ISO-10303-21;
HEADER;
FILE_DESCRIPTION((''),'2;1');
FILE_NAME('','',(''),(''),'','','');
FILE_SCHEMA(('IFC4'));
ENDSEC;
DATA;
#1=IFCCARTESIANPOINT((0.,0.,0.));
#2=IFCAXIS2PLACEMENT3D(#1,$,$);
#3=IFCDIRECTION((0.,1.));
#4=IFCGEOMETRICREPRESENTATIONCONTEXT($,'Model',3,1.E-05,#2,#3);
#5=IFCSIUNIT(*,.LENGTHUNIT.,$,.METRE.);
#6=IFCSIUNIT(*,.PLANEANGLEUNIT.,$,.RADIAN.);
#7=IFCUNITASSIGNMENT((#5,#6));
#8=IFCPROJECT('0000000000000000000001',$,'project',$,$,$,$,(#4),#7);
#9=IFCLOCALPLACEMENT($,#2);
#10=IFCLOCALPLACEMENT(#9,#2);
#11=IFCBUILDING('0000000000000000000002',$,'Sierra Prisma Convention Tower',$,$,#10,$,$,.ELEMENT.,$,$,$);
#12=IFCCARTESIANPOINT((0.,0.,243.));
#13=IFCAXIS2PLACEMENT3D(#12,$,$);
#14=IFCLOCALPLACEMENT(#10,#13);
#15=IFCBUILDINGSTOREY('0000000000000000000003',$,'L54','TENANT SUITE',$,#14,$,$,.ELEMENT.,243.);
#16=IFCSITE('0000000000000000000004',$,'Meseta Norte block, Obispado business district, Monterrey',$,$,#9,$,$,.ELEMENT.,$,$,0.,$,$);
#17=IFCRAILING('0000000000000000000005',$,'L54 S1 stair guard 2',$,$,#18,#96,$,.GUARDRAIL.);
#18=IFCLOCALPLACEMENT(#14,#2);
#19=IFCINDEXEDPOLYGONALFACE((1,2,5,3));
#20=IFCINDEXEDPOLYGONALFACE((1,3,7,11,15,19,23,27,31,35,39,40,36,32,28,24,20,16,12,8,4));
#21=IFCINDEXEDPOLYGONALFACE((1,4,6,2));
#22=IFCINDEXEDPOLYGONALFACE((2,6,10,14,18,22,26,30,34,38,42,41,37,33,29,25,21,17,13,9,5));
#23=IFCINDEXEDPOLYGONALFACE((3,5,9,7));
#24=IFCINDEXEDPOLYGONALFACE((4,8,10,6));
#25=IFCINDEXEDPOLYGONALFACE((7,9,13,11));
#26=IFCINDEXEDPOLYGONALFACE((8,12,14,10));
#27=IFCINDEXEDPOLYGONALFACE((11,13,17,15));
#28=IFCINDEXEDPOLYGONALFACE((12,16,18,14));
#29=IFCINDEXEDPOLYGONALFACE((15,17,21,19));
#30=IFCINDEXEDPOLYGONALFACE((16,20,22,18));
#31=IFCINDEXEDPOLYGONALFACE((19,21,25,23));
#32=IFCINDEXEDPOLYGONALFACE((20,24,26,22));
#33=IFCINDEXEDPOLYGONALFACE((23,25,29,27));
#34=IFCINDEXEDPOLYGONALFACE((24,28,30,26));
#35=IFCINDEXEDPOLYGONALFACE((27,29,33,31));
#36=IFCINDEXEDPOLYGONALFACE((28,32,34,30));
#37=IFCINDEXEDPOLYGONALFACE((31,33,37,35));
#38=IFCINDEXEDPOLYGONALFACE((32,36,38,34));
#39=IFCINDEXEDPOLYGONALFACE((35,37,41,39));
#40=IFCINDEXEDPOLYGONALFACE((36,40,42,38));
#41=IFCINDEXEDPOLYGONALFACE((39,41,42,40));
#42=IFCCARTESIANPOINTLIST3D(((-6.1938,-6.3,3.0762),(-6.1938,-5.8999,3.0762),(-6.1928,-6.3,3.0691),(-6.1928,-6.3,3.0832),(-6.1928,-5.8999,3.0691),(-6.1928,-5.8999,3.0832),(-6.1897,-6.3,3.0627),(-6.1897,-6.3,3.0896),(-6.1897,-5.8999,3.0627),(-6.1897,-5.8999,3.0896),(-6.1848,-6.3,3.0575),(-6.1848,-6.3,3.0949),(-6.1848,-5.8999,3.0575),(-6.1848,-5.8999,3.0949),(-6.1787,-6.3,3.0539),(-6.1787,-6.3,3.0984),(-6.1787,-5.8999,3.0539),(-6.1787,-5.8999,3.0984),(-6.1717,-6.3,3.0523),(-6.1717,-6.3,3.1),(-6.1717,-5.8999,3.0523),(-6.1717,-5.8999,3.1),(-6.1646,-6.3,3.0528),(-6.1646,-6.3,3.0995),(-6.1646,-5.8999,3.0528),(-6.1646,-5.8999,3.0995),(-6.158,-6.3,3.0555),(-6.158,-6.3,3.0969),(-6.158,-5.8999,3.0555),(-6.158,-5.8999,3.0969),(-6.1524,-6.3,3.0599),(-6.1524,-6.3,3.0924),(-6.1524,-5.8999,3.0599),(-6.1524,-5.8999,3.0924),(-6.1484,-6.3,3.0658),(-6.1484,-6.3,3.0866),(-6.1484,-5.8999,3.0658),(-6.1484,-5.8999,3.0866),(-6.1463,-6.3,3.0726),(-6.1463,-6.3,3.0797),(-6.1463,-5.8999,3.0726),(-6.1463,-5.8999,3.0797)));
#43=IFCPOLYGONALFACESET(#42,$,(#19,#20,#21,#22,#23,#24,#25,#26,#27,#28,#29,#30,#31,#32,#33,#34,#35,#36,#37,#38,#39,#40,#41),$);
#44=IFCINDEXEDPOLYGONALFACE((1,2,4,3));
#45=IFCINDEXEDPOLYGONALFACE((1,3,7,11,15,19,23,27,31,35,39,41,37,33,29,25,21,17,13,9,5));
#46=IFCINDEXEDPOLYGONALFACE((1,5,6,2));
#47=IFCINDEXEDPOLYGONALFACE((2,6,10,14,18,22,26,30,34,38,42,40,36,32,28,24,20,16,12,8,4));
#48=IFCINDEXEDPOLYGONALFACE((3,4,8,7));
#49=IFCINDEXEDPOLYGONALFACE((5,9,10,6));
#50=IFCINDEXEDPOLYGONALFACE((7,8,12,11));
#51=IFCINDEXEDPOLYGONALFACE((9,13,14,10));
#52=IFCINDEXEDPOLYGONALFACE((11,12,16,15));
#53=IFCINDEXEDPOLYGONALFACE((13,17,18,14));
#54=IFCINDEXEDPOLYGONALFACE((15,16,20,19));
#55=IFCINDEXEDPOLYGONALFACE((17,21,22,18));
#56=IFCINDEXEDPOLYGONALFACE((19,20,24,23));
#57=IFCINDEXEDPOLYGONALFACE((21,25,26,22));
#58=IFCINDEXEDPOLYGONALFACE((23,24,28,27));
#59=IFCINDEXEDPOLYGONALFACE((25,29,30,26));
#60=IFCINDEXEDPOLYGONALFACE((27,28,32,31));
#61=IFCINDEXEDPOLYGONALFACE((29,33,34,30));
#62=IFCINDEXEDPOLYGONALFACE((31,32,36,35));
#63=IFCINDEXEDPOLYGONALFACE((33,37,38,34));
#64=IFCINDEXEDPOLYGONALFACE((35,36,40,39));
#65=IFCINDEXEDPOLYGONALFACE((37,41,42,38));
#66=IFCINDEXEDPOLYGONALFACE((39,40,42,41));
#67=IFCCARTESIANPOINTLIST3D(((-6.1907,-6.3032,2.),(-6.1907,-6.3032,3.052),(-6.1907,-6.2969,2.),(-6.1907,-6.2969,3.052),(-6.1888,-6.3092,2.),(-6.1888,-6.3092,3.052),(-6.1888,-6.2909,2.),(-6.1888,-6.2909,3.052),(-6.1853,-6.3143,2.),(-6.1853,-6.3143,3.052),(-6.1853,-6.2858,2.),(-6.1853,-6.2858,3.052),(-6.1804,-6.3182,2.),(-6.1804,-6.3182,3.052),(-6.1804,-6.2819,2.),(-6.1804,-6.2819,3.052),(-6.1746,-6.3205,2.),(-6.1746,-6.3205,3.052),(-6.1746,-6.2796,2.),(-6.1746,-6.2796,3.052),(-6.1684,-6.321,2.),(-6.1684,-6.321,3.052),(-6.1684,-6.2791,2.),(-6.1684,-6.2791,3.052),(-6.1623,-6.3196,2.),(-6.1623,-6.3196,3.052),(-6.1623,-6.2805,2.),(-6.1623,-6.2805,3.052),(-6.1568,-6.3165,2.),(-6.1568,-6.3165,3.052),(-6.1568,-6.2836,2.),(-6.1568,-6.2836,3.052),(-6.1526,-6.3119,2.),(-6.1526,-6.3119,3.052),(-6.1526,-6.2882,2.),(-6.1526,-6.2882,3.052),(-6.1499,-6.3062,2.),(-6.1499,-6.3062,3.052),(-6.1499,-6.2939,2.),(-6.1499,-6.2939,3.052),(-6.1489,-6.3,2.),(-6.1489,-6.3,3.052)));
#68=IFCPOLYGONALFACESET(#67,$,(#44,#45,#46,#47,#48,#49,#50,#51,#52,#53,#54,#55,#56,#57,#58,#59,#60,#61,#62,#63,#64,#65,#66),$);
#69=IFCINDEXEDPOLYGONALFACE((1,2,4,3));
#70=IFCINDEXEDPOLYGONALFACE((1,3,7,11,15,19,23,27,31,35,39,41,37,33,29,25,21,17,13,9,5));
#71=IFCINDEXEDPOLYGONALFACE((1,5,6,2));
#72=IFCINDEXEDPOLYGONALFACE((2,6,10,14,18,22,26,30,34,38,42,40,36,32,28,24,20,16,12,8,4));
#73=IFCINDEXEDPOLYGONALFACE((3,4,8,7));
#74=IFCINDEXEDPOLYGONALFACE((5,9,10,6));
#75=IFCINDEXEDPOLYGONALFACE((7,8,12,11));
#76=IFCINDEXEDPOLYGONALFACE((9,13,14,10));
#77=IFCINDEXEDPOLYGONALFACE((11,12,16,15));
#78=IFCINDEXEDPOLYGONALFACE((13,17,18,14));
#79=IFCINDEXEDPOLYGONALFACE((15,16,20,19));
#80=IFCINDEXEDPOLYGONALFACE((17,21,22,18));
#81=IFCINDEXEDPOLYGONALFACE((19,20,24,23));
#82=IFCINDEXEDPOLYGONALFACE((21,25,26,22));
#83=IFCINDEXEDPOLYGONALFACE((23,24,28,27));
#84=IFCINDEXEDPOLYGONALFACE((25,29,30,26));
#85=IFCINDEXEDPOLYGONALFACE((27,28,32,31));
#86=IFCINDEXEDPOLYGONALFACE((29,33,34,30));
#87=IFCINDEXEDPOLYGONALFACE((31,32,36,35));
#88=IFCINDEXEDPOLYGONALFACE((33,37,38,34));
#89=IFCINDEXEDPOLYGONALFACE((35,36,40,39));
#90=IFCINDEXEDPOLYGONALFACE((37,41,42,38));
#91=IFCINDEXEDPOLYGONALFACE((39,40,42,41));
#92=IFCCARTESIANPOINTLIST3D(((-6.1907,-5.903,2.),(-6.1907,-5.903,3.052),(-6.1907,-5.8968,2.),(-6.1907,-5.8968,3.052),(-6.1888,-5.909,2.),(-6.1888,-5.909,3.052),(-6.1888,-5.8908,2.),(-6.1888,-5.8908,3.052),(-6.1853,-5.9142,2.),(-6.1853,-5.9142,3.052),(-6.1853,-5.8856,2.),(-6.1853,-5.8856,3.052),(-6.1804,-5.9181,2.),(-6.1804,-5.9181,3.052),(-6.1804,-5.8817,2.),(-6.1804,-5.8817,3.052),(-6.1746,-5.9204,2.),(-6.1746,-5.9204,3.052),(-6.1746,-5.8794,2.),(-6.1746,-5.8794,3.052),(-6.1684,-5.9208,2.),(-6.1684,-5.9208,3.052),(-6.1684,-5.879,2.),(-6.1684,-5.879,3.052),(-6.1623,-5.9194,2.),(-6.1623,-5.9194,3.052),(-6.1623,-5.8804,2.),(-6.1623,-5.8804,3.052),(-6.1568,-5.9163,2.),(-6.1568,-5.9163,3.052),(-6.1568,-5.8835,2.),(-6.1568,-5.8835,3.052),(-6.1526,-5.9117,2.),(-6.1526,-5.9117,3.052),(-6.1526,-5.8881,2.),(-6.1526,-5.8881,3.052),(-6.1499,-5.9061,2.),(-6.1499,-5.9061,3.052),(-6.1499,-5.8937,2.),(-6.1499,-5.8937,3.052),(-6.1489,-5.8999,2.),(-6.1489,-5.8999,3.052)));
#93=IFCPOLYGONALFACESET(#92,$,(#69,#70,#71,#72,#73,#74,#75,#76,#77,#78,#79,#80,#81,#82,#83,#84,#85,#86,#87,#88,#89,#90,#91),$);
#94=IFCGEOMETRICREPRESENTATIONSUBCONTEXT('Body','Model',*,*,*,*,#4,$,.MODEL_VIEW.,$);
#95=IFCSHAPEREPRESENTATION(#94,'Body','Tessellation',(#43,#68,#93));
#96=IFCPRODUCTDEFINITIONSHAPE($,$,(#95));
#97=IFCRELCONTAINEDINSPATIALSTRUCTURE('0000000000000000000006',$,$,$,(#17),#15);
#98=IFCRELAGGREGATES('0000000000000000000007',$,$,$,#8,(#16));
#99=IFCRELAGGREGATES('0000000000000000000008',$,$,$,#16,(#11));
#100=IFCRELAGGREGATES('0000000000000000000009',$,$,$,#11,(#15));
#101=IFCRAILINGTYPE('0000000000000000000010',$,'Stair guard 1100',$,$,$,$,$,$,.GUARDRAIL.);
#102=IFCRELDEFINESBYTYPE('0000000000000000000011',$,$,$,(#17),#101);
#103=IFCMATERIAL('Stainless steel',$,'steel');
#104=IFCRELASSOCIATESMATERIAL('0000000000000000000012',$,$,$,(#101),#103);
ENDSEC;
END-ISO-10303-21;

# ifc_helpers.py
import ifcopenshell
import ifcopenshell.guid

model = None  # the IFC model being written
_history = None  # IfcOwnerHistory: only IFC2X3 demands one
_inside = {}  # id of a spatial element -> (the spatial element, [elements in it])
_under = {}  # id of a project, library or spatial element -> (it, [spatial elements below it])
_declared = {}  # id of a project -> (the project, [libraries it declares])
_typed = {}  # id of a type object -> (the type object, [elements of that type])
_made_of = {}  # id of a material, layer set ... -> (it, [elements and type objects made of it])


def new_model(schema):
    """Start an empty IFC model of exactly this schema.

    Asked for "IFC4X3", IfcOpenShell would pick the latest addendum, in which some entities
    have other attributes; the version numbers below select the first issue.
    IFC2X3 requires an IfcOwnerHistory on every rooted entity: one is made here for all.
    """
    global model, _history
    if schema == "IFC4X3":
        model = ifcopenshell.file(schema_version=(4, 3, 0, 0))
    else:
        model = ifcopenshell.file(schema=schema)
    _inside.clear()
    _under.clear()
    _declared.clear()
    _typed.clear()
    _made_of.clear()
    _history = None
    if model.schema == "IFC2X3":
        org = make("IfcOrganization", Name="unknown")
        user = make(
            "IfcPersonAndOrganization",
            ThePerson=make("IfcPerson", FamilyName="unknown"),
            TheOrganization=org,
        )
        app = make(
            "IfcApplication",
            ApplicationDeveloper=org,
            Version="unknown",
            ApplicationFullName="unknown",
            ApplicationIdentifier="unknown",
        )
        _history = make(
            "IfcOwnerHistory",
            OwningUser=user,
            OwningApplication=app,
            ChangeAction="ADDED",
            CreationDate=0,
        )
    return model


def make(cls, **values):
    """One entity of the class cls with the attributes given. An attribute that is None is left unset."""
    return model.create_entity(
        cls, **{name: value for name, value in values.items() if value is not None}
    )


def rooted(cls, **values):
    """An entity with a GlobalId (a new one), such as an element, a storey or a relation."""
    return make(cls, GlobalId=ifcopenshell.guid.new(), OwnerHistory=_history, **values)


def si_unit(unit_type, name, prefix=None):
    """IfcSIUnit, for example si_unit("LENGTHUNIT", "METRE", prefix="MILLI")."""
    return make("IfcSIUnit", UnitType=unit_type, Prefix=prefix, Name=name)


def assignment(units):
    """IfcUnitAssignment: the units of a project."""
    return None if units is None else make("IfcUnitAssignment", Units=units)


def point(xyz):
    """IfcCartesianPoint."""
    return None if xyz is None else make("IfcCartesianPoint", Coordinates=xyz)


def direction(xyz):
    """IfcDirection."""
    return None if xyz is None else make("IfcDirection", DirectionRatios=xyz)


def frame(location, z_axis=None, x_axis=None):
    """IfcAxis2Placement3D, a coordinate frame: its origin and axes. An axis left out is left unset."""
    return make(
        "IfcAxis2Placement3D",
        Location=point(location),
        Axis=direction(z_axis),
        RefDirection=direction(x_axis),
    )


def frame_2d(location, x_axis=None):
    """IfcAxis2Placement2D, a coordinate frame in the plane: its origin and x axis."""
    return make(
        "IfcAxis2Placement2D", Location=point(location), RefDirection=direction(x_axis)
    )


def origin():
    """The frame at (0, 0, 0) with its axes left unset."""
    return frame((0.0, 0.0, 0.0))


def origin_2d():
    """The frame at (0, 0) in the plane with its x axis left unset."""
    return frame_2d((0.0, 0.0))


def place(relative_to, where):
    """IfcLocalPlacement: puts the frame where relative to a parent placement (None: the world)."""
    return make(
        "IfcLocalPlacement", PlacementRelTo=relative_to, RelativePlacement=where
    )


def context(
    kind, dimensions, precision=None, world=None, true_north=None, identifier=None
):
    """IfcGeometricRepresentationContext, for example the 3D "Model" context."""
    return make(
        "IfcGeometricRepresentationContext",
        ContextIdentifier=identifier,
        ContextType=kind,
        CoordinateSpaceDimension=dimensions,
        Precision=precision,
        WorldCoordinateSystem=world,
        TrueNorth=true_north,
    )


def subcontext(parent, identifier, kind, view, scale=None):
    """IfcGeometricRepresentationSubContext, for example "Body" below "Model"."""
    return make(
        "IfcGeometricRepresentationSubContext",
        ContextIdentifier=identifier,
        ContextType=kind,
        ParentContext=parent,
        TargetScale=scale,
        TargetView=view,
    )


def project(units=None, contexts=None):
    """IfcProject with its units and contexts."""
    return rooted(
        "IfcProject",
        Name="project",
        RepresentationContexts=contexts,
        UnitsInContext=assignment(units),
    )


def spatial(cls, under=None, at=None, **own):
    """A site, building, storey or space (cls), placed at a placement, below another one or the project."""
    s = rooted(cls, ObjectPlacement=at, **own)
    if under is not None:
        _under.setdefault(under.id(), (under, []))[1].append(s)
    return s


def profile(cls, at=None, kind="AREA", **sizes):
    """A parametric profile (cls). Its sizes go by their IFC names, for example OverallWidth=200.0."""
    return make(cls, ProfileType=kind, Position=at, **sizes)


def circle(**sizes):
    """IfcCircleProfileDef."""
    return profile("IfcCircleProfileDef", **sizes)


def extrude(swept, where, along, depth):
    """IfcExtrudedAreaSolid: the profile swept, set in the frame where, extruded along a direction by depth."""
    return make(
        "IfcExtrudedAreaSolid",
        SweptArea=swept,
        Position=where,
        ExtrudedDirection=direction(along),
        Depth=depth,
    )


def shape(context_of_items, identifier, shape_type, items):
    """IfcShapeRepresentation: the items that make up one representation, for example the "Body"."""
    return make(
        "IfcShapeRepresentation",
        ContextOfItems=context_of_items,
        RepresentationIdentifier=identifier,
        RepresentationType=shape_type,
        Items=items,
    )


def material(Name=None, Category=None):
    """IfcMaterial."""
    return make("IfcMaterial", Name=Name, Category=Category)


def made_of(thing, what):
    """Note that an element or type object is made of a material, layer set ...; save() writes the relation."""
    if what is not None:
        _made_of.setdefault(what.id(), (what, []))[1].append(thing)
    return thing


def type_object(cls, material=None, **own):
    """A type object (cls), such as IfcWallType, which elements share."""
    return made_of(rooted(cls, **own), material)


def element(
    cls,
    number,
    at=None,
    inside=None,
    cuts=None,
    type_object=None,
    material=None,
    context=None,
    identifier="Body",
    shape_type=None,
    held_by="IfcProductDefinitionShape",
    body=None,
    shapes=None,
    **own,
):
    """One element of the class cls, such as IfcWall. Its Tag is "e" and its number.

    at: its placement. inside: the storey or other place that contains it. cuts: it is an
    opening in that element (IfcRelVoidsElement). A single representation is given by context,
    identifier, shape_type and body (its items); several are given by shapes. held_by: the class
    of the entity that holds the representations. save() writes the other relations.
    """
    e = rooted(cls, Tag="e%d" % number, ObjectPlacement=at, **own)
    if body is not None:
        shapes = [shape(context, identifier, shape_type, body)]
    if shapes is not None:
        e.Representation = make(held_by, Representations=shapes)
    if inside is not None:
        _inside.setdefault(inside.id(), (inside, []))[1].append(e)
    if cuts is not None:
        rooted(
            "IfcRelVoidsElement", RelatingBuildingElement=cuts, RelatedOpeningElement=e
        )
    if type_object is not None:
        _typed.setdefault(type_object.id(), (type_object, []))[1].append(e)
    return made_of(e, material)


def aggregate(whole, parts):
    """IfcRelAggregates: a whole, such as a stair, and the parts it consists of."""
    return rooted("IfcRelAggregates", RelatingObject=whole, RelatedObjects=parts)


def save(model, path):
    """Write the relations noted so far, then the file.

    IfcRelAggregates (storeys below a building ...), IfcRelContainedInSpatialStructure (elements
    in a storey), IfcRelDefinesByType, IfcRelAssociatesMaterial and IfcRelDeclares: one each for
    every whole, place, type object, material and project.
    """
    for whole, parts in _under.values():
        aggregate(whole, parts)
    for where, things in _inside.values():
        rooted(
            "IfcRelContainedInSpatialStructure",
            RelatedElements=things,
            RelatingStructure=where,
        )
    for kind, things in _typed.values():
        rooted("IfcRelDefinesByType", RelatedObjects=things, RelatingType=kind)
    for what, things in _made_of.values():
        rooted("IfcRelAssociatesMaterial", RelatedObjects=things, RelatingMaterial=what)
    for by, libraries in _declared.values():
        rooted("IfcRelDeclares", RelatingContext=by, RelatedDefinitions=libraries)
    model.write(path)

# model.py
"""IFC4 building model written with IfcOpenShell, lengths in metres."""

from ifc_helpers import new_model, si_unit, direction, frame, origin, origin_2d, place, context, subcontext, project, spatial, circle, extrude, material, type_object, element, save


model = new_model("IFC4")

# Units and contexts
model_context = context("Model", 3, precision=1e-05, world=origin(), true_north=direction((0.0, 1.0)))
body_context = subcontext(model_context, "Body", "Model", "MODEL_VIEW")
ifc_project = project(units=[si_unit("LENGTHUNIT", "METRE"), si_unit("PLANEANGLEUNIT", "RADIAN")], contexts=[model_context])

# Site, building, storey
site_placement = place(None, origin())
site = spatial("IfcSite", under=ifc_project, at=site_placement, Name="Meseta Norte block, Obispado business district, Monterrey", CompositionType="ELEMENT", RefElevation=0.0)
building_placement = place(site_placement, origin())
building = spatial("IfcBuilding", under=site, at=building_placement, Name="Sierra Prisma Convention Tower", CompositionType="ELEMENT")
storey_placement = place(building_placement, frame((0.0, 0.0, 243.0)))
storey = spatial("IfcBuildingStorey", under=building, at=storey_placement, Name="L54", Description="TENANT SUITE", CompositionType="ELEMENT", Elevation=243.0)

# Railing
ifc_material_1 = material(Name="Stainless steel", Category="steel")
railing_type_1 = type_object("IfcRailingType", Name="Stair guard 1100", PredefinedType="GUARDRAIL", material=ifc_material_1)
railing_1_placement = place(storey_placement, frame((-6.1699, -6.3, 2.0)))
element("IfcRailing", 1, at=railing_1_placement, inside=storey, type_object=railing_type_1, Name="L54 S1 stair guard 2", PredefinedType="GUARDRAIL", context=body_context, shape_type="SweptSolid", body=[
    extrude(circle(Radius=0.0239, at=origin_2d()), frame((0.0, 0.0, 1.0762), z_axis=(0.0, 1.0, 0.0), x_axis=(-1.0, 0.0, 0.0)), (0.0, 0.0, 1.0), 0.4001),
    extrude(circle(Radius=0.021, at=origin_2d()), origin(), (0.0, 0.0, 1.0), 1.052),
    extrude(circle(Radius=0.021, at=origin_2d()), frame((0.0, 0.4001, 0.0)), (0.0, 0.0, 1.0), 1.052),
])

save(model, "model.ifc")
